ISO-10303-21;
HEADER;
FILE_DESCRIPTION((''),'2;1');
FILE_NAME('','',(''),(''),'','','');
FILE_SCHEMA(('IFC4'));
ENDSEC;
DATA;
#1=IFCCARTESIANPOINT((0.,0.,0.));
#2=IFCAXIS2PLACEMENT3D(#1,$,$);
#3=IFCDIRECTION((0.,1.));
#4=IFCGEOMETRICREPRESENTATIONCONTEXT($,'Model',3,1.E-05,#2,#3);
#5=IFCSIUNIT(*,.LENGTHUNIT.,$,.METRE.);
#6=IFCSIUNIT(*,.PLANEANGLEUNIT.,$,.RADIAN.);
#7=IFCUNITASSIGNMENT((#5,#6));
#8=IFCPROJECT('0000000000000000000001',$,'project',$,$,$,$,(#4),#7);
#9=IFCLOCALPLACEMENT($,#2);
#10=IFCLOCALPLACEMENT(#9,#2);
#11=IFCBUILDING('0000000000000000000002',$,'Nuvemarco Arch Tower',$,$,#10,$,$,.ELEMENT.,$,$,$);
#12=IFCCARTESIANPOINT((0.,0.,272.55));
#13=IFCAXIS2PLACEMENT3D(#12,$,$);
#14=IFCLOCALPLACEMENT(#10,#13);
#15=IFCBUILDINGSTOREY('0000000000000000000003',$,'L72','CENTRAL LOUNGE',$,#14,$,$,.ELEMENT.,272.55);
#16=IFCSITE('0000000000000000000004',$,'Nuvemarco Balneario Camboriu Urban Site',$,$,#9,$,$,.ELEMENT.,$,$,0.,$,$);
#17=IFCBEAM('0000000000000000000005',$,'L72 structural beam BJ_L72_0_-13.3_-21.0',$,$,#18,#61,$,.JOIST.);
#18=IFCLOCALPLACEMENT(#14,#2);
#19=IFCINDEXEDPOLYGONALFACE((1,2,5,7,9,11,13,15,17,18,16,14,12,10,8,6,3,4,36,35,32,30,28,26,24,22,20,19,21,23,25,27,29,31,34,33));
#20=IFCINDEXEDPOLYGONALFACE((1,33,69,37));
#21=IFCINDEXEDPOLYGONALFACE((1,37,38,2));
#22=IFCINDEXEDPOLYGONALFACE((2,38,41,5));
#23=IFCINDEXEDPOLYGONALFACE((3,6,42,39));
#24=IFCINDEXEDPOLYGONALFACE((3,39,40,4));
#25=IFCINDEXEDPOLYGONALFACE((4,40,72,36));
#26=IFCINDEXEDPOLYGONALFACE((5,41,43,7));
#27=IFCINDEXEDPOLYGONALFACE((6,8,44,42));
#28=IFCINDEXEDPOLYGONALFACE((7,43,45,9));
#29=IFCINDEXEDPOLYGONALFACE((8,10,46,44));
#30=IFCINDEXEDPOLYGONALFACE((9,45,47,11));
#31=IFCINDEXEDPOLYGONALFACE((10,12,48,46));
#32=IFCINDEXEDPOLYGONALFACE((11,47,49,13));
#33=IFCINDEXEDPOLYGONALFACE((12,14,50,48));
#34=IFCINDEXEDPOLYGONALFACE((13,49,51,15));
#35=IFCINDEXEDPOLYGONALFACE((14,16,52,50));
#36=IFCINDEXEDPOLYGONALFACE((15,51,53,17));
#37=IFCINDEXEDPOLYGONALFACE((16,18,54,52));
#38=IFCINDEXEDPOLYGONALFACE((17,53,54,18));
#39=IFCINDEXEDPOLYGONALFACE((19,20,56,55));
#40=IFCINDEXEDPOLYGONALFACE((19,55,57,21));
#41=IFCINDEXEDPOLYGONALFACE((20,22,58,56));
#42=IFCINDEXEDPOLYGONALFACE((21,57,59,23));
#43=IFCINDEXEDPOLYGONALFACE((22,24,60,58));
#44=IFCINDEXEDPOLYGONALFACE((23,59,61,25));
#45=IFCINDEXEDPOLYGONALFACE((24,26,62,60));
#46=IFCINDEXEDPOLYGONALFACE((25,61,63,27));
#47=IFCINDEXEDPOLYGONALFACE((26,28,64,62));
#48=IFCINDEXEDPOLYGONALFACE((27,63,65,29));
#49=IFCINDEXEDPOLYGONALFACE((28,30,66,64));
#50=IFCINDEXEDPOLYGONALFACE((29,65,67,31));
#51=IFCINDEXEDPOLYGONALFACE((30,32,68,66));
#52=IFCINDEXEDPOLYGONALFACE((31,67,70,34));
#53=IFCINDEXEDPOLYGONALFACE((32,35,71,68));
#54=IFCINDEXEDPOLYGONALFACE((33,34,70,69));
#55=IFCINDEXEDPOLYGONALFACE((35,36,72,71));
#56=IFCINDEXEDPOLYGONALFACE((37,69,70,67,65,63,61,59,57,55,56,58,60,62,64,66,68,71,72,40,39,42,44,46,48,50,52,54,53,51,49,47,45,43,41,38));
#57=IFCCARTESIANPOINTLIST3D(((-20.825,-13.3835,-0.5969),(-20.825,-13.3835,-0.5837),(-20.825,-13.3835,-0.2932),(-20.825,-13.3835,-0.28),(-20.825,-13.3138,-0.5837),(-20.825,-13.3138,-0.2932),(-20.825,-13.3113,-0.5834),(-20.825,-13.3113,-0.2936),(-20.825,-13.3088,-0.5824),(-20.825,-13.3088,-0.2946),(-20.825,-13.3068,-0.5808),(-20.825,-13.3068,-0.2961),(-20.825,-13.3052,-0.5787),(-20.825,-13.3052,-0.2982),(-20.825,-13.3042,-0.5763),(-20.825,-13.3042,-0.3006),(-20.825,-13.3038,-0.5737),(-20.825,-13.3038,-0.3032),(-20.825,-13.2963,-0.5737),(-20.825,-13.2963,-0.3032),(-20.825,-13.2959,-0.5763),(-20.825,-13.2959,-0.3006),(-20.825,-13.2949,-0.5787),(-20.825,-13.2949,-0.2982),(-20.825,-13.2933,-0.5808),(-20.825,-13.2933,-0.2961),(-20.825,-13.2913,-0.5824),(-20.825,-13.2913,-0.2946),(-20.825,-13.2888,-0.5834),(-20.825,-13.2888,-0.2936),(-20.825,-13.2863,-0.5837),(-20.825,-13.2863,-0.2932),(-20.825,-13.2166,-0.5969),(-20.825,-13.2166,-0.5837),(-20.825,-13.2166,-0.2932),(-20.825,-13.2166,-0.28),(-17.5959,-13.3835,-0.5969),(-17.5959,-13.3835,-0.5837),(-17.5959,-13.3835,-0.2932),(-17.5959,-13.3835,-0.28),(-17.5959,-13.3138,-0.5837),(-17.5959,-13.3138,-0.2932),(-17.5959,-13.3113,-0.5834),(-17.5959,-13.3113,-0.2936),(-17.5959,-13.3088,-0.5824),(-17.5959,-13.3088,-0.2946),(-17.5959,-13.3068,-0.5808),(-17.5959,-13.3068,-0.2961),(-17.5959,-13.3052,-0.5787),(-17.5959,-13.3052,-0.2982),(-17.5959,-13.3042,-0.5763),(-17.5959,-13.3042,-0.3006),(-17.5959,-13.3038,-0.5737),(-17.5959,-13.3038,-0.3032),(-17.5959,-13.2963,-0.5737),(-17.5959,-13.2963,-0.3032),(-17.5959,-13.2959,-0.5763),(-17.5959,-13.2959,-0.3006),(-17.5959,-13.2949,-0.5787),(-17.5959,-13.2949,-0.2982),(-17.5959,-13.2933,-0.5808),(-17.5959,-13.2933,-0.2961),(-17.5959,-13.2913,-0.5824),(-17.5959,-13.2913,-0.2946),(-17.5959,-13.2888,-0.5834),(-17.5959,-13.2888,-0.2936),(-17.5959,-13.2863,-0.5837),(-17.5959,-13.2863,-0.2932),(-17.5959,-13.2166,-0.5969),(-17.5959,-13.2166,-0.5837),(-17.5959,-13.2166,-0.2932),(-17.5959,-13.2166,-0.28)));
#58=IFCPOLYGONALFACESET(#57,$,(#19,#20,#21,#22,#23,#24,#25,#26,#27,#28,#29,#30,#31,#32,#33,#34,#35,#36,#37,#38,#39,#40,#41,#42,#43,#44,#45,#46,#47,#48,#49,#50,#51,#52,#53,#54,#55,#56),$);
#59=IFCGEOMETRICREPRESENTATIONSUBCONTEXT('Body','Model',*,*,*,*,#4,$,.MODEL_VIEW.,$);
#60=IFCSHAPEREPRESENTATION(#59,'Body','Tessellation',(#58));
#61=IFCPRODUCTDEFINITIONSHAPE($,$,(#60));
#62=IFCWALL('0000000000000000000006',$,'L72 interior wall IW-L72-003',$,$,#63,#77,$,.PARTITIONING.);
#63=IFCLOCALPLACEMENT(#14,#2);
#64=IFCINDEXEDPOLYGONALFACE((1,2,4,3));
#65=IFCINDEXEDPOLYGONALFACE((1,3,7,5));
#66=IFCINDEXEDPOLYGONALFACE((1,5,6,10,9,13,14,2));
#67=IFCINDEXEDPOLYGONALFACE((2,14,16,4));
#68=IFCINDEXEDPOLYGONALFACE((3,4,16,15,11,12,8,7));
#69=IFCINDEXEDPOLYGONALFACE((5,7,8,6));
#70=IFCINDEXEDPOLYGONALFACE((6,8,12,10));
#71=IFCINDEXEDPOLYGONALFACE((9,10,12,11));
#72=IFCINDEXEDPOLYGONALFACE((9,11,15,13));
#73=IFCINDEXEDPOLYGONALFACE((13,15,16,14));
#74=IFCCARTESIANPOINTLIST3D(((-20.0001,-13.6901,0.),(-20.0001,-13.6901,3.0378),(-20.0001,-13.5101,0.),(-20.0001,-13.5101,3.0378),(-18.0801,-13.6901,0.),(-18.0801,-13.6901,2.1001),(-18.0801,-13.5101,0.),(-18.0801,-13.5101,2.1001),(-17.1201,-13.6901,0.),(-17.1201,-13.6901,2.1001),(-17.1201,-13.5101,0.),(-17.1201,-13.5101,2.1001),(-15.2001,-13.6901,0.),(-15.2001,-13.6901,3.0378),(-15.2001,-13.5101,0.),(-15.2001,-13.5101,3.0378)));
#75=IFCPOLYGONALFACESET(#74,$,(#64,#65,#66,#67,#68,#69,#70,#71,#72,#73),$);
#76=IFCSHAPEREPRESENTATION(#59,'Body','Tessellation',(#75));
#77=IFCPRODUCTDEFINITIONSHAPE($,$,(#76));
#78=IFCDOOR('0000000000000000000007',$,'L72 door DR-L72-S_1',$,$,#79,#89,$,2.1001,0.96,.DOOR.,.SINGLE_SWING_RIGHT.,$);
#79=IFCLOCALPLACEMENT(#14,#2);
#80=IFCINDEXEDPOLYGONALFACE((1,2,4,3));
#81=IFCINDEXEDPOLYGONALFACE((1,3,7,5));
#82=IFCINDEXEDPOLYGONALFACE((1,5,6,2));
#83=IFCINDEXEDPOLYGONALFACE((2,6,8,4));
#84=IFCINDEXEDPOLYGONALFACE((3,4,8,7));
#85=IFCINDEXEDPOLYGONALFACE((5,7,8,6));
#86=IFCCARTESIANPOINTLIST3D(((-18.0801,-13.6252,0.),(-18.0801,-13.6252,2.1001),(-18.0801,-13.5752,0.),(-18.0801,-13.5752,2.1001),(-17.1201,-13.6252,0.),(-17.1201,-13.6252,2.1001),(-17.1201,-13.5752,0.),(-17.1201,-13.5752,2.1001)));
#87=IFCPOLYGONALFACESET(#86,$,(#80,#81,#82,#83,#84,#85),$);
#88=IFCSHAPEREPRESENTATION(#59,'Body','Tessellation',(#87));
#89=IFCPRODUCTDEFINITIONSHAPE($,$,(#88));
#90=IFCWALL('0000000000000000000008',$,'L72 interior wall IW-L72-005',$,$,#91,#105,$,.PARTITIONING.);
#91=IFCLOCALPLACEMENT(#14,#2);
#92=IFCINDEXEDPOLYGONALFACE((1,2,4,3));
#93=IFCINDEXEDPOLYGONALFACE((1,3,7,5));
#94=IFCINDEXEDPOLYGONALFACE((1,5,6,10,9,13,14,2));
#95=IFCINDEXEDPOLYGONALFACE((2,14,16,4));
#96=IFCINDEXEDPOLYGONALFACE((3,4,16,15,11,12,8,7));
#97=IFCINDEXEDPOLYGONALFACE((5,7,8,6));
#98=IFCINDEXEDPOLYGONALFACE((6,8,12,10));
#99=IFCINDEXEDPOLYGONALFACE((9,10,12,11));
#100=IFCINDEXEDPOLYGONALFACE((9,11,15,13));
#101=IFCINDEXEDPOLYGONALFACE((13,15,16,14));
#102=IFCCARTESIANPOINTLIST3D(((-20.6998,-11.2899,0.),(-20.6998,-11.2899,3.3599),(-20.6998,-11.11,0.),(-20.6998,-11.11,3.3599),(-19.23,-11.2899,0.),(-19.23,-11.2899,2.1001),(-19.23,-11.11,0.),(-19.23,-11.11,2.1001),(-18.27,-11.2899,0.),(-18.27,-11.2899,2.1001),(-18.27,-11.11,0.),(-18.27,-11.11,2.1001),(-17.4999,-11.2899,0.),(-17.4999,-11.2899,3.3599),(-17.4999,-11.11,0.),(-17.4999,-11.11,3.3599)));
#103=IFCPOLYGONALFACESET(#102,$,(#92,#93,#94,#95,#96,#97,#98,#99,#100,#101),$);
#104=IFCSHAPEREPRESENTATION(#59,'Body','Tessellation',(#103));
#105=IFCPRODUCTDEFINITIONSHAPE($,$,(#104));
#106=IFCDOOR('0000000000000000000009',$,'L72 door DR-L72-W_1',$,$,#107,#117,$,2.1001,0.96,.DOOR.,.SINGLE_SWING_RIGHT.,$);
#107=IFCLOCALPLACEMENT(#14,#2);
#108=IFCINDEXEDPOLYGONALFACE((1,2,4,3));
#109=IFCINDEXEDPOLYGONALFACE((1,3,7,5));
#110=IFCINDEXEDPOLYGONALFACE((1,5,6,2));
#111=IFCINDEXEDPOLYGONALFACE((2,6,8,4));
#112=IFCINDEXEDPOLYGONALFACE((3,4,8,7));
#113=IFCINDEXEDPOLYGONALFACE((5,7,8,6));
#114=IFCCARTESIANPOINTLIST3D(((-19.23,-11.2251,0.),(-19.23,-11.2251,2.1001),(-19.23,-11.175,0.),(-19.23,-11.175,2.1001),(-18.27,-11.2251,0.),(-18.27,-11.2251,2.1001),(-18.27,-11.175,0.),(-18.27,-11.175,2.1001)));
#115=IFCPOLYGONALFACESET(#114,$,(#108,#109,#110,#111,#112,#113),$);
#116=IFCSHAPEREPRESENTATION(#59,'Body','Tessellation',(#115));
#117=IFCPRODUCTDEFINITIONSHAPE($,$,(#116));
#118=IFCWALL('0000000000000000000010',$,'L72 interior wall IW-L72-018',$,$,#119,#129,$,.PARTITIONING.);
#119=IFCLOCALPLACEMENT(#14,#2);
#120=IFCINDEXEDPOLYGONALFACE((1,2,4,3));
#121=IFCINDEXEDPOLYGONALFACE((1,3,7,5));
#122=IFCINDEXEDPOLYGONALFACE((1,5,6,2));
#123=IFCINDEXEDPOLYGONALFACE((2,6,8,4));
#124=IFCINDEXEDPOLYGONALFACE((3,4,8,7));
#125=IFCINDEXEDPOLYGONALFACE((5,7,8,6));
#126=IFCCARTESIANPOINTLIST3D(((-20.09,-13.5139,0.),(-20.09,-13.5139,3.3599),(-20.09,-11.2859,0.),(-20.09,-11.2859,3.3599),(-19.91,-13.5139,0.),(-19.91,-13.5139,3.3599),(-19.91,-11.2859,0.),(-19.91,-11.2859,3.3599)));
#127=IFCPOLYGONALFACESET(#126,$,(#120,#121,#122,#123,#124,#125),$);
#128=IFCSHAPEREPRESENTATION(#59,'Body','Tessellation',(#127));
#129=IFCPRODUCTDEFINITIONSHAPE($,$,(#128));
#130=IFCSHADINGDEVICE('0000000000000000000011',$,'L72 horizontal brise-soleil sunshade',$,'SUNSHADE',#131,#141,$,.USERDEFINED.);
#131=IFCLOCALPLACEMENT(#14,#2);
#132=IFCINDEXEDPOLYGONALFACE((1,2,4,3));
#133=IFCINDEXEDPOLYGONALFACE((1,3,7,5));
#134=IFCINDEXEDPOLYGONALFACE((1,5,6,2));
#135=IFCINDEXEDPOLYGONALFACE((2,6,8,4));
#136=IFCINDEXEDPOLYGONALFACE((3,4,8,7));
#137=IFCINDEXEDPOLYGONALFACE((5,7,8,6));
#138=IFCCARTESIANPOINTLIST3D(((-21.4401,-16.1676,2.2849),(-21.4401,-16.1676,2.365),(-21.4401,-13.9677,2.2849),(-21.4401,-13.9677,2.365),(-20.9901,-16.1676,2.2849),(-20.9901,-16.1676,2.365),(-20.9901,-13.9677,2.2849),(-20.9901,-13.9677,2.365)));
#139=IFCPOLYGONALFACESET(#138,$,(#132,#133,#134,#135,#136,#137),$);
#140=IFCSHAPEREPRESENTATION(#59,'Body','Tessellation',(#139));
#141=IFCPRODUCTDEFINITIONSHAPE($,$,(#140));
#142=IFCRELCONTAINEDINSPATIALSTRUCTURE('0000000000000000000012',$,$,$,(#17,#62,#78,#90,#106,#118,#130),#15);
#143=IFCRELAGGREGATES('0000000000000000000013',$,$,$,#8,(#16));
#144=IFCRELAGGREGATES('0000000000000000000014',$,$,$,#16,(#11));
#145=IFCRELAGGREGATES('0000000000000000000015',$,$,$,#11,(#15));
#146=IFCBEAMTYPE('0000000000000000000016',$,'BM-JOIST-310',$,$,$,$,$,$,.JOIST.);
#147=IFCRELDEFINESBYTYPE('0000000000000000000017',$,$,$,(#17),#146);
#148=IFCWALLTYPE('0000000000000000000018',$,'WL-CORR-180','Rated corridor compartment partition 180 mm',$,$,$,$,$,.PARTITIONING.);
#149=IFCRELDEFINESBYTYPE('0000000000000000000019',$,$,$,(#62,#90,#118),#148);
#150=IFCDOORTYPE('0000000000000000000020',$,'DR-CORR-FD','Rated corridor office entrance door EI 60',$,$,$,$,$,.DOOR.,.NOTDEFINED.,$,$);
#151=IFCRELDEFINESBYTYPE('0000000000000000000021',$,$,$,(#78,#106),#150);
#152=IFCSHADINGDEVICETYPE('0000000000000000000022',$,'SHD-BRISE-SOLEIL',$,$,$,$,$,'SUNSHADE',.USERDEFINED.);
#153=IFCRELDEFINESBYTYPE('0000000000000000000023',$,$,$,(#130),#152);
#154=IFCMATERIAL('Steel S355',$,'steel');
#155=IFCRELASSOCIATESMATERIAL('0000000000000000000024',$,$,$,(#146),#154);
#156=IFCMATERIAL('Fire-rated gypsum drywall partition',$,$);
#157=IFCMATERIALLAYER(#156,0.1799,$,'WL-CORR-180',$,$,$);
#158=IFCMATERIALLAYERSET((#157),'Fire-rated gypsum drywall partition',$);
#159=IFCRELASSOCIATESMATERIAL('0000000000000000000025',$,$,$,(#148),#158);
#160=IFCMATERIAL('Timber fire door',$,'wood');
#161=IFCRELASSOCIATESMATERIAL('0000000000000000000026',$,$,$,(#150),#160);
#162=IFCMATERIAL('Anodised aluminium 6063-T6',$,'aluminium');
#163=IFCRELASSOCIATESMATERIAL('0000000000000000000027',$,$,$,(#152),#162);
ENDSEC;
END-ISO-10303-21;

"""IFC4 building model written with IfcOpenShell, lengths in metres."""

from ifc_helpers import new_model, si_unit, direction, frame, frame_2d, origin, origin_2d, place, context, subcontext, project, spatial, rectangle, i_section, extrude, source, transform, mapped, material, layer, layer_set, material_profile, profile_set, type_object, type_shapes, element, fill, save


model = new_model("IFC4")

# Units and contexts
model_context = context("Model", 3, precision=1e-05, world=origin(), true_north=direction((0.0, 1.0)))
body_context = subcontext(model_context, "Body", "Model", "MODEL_VIEW")
ifc_project = project(units=[si_unit("LENGTHUNIT", "METRE"), si_unit("PLANEANGLEUNIT", "RADIAN")], contexts=[model_context])

# Site, building, storey
site_placement = place(None, origin())
site = spatial("IfcSite", under=ifc_project, at=site_placement, Name="Nuvemarco Balneario Camboriu Urban Site", CompositionType="ELEMENT", RefElevation=0.0)
building_placement = place(site_placement, origin())
building = spatial("IfcBuilding", under=site, at=building_placement, Name="Nuvemarco Arch Tower", CompositionType="ELEMENT")
storey_placement = place(building_placement, frame((0.0, 0.0, 272.55)))
storey = spatial("IfcBuildingStorey", under=building, at=storey_placement, Name="L72", Description="CENTRAL LOUNGE", CompositionType="ELEMENT", Elevation=272.55)

# Shared definitions
ifc_material_1 = material(Name="Steel S355", Category="steel")

# Beam
ifc_material_profile_1 = material_profile(ifc_material_1, i_section(OverallWidth=0.167, OverallDepth=0.3169, WebThickness=0.0076, FlangeThickness=0.0132, FilletRadius=0.01, at=origin_2d()), Name="W310x52")
ifc_profile_set_1 = profile_set([ifc_material_profile_1], Name="Steel S355")
beam_type_1 = type_object("IfcBeamType", Name="BM-JOIST-310", PredefinedType="JOIST", material=ifc_profile_set_1)
beam_1_placement = place(storey_placement, frame((-20.825, -13.3, -0.4385), z_axis=(1.0, 0.0, 0.0), x_axis=(0.0, 1.0, 0.0)))
element("IfcBeam", 1, at=beam_1_placement, inside=storey, type_object=beam_type_1, Name="L72 structural beam BJ_L72_0_-13.3_-21.0", PredefinedType="JOIST", context=body_context, shape_type="SweptSolid", body=[
    extrude(i_section(OverallWidth=0.167, OverallDepth=0.3169, WebThickness=0.0076, FlangeThickness=0.0132, FilletRadius=0.01, at=origin_2d()), origin(), (0.0, 0.0, 1.0), 3.229),
])

# Walls, openings, doors
ifc_material_2 = material(Name="Fire-rated gypsum drywall partition")
ifc_layer = layer(ifc_material_2, 0.1799, Name="WL-CORR-180")
ifc_layer_set = layer_set([ifc_layer], Name="Fire-rated gypsum drywall partition")
wall_type = type_object("IfcWallType", Name="WL-CORR-180", Description="Rated corridor compartment partition 180 mm", PredefinedType="PARTITIONING", material=ifc_layer_set)
wall_1_placement = place(storey_placement, frame((-20.0, -13.6001, 0.0), z_axis=(0.0, 0.0, 1.0), x_axis=(1.0, 0.0, 0.0)))
wall_1 = element("IfcWall", 2, at=wall_1_placement, inside=storey, type_object=wall_type, Name="L72 interior wall IW-L72-003", PredefinedType="PARTITIONING", context=body_context, shape_type="SweptSolid", body=[
    extrude(rectangle(XDim=4.8, YDim=0.1799, at=frame_2d((2.3999, 0.0))), origin(), (0.0, 0.0, 1.0), 3.0378),
])
opening_1_placement = place(wall_1_placement, frame((1.9199, 0.0, 0.0)))
opening_1 = element("IfcOpeningElement", 3, at=opening_1_placement, cuts=wall_1, PredefinedType="OPENING", context=body_context, shape_type="SweptSolid", body=[
    extrude(rectangle(XDim=0.96, YDim=2.1001, at=frame_2d((0.48, 1.05))), frame((0.0, 0.0999, 0.0), z_axis=(0.0, -1.0, 0.0), x_axis=(1.0, 0.0, 0.0)), (0.0, 0.0, 1.0), 0.2),
])
ifc_material_3 = material(Name="Timber fire door", Category="wood")
door_type = type_object("IfcDoorType", Name="DR-CORR-FD", Description="Rated corridor office entrance door EI 60", OperationType="NOTDEFINED", PredefinedType="DOOR", material=ifc_material_3)
shared_shape_1 = source(origin(), body_context, "Body", "SweptSolid", [
    extrude(rectangle(XDim=0.96, YDim=2.1001, at=frame_2d((0.48, 1.05))), frame((0.0, 0.0249, 0.0), z_axis=(0.0, -1.0, 0.0), x_axis=(1.0, 0.0, 0.0)), (0.0, 0.0, 1.0), 0.05),
])
type_shapes(door_type, [shared_shape_1])
door_1_placement = place(opening_1_placement, origin())
door_1 = element("IfcDoor", 4, at=door_1_placement, inside=storey, type_object=door_type, Name="L72 door DR-L72-S_1", OperationType="SINGLE_SWING_RIGHT", OverallHeight=2.1001, OverallWidth=0.96, PredefinedType="DOOR", context=body_context, shape_type="MappedRepresentation", body=[
    mapped(shared_shape_1, transform((0.0, 0.0, 0.0), scale=1.0)),
])
fill(opening_1, door_1)
wall_2_placement = place(storey_placement, frame((-20.7, -11.2, 0.0), z_axis=(0.0, 0.0, 1.0), x_axis=(1.0, 0.0, 0.0)))
wall_2 = element("IfcWall", 5, at=wall_2_placement, inside=storey, type_object=wall_type, Name="L72 interior wall IW-L72-005", PredefinedType="PARTITIONING", context=body_context, shape_type="SweptSolid", body=[
    extrude(rectangle(XDim=3.2, YDim=0.1799, at=frame_2d((1.6001, 0.0))), origin(), (0.0, 0.0, 1.0), 3.3599),
])
opening_2_placement = place(wall_2_placement, frame((1.47, 0.0, 0.0)))
opening_2 = element("IfcOpeningElement", 6, at=opening_2_placement, cuts=wall_2, PredefinedType="OPENING", context=body_context, shape_type="SweptSolid", body=[
    extrude(rectangle(XDim=0.96, YDim=2.1001, at=frame_2d((0.48, 1.05))), frame((0.0, 0.0999, 0.0), z_axis=(0.0, -1.0, 0.0), x_axis=(1.0, 0.0, 0.0)), (0.0, 0.0, 1.0), 0.2),
])
door_2_placement = place(opening_2_placement, origin())
door_2 = element("IfcDoor", 7, at=door_2_placement, inside=storey, type_object=door_type, Name="L72 door DR-L72-W_1", OperationType="SINGLE_SWING_RIGHT", OverallHeight=2.1001, OverallWidth=0.96, PredefinedType="DOOR", context=body_context, shape_type="MappedRepresentation", body=[
    mapped(shared_shape_1, transform((0.0, 0.0, 0.0), scale=1.0)),
])
fill(opening_2, door_2)

# Wall
wall_3_placement = place(storey_placement, frame((-20.0, -13.5139, 0.0), z_axis=(0.0, 0.0, 1.0), x_axis=(0.0, 1.0, 0.0)))
element("IfcWall", 8, at=wall_3_placement, inside=storey, type_object=wall_type, Name="L72 interior wall IW-L72-018", PredefinedType="PARTITIONING", context=body_context, shape_type="SweptSolid", body=[
    extrude(rectangle(XDim=2.228, YDim=0.1799, at=frame_2d((1.114, 0.0))), origin(), (0.0, 0.0, 1.0), 3.3599),
])

# Shading device
ifc_material_4 = material(Name="Anodised aluminium 6063-T6", Category="aluminium")
shading_device_type = type_object("IfcShadingDeviceType", Name="SHD-BRISE-SOLEIL", ElementType="SUNSHADE", PredefinedType="USERDEFINED", material=ifc_material_4)
shared_shape_2 = source(origin(), body_context, "Body", "SweptSolid", [
    extrude(rectangle(XDim=2.2, YDim=0.45, at=origin_2d()), origin(), (0.0, 0.0, 1.0), 0.0801),
])
type_shapes(shading_device_type, [shared_shape_2])
shading_device_placement = place(storey_placement, frame((-21.2151, -15.0676, 2.2849), z_axis=(0.0, 0.0, 1.0), x_axis=(0.0, 1.0, 0.0)))
element("IfcShadingDevice", 9, at=shading_device_placement, inside=storey, type_object=shading_device_type, Name="L72 horizontal brise-soleil sunshade", ObjectType="SUNSHADE", PredefinedType="USERDEFINED", context=body_context, shape_type="MappedRepresentation", body=[
    mapped(shared_shape_2, transform((0.0, 0.0, 0.0), scale=1.0)),
])

save(model, "model.ifc")
